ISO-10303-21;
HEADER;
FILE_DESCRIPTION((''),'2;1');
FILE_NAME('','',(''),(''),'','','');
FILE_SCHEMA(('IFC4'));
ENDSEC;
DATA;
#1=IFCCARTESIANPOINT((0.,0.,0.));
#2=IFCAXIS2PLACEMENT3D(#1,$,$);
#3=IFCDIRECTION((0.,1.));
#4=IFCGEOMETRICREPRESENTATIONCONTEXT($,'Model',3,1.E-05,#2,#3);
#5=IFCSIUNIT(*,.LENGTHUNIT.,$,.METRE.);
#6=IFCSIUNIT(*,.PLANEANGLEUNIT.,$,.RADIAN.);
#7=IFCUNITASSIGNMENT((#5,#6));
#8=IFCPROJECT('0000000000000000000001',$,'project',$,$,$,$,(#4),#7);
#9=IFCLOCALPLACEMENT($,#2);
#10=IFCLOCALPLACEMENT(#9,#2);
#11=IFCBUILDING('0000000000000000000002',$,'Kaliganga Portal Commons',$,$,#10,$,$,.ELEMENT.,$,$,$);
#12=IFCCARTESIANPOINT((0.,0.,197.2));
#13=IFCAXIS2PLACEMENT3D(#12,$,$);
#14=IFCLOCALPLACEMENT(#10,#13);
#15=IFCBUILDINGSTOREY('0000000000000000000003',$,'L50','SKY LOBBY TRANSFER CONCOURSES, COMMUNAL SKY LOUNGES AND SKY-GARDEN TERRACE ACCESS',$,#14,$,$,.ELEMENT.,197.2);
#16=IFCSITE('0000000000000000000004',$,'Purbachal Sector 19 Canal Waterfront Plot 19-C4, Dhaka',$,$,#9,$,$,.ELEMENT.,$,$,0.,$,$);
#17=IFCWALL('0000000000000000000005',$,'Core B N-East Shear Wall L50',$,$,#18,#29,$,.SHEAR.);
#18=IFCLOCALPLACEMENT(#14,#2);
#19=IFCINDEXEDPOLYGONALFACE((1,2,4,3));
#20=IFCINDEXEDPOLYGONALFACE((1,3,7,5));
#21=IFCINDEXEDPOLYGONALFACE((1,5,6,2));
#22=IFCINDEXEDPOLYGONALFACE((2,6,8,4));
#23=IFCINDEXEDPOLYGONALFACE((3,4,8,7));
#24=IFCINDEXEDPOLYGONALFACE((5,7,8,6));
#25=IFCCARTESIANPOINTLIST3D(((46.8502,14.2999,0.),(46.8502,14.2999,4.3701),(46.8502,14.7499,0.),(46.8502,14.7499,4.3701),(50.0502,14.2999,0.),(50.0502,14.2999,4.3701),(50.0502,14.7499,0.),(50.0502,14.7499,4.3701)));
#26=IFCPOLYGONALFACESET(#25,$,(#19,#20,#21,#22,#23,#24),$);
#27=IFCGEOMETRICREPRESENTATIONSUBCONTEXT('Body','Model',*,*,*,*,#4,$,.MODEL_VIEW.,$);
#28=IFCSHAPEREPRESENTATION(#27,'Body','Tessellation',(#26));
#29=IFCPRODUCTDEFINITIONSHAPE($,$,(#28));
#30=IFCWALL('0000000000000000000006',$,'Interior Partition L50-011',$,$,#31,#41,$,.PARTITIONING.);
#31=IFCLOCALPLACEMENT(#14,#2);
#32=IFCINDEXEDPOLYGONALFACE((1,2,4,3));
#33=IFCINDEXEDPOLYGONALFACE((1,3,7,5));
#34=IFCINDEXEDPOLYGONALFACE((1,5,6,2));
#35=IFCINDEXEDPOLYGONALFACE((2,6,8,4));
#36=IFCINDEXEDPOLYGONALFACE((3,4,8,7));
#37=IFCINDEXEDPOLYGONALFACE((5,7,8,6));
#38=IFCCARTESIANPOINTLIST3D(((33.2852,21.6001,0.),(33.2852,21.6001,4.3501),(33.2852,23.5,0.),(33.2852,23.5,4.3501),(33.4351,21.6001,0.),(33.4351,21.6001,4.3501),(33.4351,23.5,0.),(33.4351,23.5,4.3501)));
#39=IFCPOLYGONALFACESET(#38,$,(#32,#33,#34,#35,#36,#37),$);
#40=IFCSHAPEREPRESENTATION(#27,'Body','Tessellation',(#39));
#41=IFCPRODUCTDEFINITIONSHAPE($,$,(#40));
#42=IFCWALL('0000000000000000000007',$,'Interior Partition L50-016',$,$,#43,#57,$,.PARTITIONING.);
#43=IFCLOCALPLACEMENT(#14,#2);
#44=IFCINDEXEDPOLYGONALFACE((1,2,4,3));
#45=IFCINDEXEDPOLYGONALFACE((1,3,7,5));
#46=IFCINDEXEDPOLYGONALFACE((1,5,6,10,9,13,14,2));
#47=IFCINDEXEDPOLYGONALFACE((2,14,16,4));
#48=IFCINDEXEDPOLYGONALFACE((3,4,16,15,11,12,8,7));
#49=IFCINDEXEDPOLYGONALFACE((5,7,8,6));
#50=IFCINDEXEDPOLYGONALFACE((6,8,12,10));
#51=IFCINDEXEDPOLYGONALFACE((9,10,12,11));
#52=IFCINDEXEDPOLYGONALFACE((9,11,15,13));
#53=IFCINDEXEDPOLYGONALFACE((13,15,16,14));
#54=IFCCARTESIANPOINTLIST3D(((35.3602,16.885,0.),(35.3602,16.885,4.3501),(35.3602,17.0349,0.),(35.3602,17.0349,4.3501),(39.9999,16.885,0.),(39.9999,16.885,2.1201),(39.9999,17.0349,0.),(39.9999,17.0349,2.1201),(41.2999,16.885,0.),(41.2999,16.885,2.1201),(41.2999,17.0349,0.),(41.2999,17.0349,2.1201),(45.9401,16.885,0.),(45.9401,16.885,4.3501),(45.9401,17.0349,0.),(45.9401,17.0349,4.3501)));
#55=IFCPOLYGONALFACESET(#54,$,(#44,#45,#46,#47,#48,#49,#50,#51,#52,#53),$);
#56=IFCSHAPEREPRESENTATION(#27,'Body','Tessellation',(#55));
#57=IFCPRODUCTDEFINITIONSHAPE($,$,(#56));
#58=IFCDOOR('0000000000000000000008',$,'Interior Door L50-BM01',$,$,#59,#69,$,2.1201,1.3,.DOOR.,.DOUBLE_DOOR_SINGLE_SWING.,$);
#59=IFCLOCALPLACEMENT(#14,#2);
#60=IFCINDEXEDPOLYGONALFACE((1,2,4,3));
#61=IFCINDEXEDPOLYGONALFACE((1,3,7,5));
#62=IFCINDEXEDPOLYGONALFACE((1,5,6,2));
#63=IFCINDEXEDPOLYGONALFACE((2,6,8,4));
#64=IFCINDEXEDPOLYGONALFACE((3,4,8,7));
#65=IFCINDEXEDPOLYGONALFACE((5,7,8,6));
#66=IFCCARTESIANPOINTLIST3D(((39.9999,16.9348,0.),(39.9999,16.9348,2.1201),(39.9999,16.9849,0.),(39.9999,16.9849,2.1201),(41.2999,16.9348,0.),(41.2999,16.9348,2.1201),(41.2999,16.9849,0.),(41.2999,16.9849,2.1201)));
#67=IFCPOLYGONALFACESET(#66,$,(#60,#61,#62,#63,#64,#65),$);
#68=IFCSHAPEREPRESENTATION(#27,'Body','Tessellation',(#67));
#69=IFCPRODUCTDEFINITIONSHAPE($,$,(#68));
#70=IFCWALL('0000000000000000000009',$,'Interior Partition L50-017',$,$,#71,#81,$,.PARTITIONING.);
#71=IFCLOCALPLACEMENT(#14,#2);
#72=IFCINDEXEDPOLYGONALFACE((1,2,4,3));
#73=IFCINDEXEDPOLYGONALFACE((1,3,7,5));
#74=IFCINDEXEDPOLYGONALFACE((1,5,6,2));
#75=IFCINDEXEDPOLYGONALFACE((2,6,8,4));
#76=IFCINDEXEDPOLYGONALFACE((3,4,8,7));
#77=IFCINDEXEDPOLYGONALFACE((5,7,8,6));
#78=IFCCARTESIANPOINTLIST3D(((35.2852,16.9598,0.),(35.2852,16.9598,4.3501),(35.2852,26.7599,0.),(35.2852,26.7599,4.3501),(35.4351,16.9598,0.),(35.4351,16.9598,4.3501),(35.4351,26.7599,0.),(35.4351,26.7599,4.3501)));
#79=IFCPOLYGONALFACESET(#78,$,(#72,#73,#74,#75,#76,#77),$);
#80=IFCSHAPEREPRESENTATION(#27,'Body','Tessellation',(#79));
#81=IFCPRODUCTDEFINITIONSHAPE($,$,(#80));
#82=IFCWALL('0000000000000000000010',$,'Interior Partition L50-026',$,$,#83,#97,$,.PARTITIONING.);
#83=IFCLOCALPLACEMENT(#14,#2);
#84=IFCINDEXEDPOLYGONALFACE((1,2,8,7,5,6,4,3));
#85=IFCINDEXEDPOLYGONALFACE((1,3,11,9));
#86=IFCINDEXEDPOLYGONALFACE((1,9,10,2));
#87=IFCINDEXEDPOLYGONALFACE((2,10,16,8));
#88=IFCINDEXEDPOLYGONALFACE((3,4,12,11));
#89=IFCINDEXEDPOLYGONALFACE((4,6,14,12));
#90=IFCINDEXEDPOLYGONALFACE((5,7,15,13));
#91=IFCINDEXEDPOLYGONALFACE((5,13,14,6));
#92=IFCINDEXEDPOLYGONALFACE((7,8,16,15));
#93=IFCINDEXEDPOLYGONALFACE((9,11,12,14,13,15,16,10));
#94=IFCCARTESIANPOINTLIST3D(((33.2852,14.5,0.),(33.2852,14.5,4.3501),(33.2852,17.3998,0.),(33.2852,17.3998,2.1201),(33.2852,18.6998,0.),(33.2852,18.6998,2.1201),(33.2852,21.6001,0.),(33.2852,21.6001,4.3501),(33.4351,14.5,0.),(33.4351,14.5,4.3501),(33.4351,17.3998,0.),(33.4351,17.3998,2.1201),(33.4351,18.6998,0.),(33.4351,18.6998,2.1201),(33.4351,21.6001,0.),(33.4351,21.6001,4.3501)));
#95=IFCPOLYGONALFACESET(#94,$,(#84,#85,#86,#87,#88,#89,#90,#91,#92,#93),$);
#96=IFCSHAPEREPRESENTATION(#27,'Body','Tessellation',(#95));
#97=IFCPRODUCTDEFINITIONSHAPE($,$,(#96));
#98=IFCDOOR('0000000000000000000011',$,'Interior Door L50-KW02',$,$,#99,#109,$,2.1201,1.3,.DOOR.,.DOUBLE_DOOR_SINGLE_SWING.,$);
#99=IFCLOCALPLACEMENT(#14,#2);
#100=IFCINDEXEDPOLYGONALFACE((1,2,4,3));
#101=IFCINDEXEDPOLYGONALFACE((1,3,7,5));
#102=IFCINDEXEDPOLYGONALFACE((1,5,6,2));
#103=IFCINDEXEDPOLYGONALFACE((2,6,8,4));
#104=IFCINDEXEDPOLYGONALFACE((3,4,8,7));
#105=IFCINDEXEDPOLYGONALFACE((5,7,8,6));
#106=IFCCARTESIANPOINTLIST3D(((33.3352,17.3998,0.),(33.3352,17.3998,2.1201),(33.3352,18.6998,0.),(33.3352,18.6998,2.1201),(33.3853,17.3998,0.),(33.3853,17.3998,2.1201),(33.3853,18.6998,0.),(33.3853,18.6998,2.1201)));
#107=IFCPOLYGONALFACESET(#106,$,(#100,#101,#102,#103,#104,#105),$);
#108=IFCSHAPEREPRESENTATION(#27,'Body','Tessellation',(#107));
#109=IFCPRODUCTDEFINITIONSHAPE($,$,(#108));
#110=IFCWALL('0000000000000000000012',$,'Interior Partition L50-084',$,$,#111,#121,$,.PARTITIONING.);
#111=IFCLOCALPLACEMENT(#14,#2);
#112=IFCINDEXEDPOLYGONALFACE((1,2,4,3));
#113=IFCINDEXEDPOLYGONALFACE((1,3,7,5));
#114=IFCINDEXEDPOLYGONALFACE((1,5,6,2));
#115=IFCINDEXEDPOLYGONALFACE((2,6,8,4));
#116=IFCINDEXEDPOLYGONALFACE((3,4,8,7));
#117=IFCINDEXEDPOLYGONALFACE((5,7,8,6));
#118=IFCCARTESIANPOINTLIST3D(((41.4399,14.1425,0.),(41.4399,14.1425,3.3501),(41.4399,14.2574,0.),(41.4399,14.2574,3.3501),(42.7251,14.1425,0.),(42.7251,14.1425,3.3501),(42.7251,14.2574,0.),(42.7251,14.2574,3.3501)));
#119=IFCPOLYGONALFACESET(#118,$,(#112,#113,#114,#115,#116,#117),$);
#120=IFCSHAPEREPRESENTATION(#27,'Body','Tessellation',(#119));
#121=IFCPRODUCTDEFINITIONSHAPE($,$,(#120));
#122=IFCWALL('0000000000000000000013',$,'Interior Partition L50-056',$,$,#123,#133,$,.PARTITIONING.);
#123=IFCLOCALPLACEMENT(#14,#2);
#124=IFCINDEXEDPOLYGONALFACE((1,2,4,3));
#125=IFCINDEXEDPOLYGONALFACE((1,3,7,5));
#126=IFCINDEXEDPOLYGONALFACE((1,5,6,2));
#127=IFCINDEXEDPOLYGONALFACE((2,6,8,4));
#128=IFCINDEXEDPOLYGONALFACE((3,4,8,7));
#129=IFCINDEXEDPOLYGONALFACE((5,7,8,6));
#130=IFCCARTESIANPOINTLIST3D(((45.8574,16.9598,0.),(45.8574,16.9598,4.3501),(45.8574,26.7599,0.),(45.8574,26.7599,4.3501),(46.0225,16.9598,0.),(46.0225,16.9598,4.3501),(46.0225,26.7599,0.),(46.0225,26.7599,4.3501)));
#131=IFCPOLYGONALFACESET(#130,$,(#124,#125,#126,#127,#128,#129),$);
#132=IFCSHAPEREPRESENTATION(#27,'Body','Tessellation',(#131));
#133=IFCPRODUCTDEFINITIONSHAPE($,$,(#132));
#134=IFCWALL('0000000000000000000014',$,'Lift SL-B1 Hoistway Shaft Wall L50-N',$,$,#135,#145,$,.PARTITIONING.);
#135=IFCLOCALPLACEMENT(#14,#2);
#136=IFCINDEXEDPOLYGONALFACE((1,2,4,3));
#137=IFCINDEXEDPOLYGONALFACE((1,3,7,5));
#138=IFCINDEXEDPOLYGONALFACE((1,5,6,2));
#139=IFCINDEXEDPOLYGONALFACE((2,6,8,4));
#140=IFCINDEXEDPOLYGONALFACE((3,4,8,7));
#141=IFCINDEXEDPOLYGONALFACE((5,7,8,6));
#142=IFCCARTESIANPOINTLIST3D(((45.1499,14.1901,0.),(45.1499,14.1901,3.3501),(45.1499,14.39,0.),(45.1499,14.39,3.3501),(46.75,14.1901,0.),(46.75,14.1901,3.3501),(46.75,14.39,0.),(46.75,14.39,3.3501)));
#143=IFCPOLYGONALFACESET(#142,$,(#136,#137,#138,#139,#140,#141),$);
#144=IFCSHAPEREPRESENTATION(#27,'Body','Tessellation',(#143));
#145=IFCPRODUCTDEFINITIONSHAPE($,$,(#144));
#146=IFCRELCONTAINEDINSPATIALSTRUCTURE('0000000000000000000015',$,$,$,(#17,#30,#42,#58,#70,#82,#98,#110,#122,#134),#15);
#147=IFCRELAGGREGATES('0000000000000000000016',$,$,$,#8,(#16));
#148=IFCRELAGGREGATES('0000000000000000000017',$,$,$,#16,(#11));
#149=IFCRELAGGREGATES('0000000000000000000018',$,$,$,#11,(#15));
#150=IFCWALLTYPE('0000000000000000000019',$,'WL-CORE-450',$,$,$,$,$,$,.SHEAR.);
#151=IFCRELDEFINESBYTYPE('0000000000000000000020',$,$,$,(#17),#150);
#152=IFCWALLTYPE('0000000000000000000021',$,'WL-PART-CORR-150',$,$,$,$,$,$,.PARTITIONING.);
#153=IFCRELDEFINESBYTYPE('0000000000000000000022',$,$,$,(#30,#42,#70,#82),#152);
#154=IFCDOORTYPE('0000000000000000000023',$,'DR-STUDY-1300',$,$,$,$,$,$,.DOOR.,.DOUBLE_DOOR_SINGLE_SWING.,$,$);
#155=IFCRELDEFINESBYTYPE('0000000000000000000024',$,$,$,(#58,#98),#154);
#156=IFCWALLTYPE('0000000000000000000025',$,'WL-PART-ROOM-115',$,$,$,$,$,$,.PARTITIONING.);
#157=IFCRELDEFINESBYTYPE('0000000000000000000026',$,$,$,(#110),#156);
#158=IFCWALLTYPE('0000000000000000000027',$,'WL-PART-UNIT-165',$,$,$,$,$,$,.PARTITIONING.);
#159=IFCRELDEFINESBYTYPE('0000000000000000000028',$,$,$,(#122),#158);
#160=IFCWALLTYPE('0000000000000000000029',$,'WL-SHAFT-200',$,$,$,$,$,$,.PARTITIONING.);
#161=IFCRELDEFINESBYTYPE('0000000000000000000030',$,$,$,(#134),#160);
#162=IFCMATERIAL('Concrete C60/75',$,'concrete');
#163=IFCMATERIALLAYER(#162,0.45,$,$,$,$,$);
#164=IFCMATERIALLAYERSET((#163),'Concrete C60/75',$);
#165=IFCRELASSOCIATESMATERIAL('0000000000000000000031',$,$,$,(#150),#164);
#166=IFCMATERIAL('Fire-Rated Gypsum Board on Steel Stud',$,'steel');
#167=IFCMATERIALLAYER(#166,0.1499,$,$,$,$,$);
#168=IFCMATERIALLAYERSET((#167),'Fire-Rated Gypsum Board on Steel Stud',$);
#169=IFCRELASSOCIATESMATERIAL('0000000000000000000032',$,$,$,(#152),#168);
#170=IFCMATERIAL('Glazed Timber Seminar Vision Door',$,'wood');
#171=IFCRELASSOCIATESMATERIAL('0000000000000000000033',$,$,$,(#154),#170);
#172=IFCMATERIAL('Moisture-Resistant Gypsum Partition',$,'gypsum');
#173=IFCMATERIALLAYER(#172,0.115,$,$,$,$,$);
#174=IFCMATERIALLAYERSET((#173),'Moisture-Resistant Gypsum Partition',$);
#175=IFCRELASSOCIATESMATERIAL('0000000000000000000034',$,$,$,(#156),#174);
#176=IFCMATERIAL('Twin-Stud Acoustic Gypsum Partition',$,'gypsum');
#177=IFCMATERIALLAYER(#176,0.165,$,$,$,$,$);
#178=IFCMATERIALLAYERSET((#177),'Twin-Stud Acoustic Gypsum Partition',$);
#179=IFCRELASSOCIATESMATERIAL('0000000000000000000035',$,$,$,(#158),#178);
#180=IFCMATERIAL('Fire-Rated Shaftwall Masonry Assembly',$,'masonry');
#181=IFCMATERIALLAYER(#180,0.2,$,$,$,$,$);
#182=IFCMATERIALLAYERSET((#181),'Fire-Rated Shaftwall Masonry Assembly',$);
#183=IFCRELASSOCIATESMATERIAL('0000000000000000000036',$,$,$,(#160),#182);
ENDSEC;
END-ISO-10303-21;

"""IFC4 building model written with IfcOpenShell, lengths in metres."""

from ifc_helpers import new_model, si_unit, direction, frame, frame_2d, origin, place, context, subcontext, project, spatial, rectangle, extrude, material, layer, layer_set, type_object, element, fill, save


model = new_model("IFC4")

# Units and contexts
model_context = context("Model", 3, precision=1e-05, world=origin(), true_north=direction((0.0, 1.0)))
body_context = subcontext(model_context, "Body", "Model", "MODEL_VIEW")
ifc_project = project(units=[si_unit("LENGTHUNIT", "METRE"), si_unit("PLANEANGLEUNIT", "RADIAN")], contexts=[model_context])

# Site, building, storey
site_placement = place(None, origin())
site = spatial("IfcSite", under=ifc_project, at=site_placement, Name="Purbachal Sector 19 Canal Waterfront Plot 19-C4, Dhaka", CompositionType="ELEMENT", RefElevation=0.0)
building_placement = place(site_placement, origin())
building = spatial("IfcBuilding", under=site, at=building_placement, Name="Kaliganga Portal Commons", CompositionType="ELEMENT")
storey_placement = place(building_placement, frame((0.0, 0.0, 197.2)))
storey = spatial("IfcBuildingStorey", under=building, at=storey_placement, Name="L50", Description="SKY LOBBY TRANSFER CONCOURSES, COMMUNAL SKY LOUNGES AND SKY-GARDEN TERRACE ACCESS", CompositionType="ELEMENT", Elevation=197.2)

# Walls
ifc_material_1 = material(Name="Concrete C60/75", Category="concrete")
ifc_layer_1 = layer(ifc_material_1, 0.45)
ifc_layer_set_1 = layer_set([ifc_layer_1], Name="Concrete C60/75")
wall_type_1 = type_object("IfcWallType", Name="WL-CORE-450", PredefinedType="SHEAR", material=ifc_layer_set_1)
for number, where, z_axis, x_axis, name in (
    (1, (46.8501, 14.5249, 0.0), (0.0, 0.0, 1.0), (1.0, 0.0, 0.0), "Core B N-East Shear Wall L50"),
):
    element("IfcWall", number, at=place(storey_placement, frame(where, z_axis=z_axis, x_axis=x_axis)), inside=storey, type_object=wall_type_1, Name=name, PredefinedType="SHEAR", context=body_context, shape_type="SweptSolid", body=[
        extrude(rectangle(XDim=3.2, YDim=0.45, at=frame_2d((1.6001, 0.0))), origin(), (0.0, 0.0, 1.0), 4.3701),
    ])
ifc_material_2 = material(Name="Fire-Rated Gypsum Board on Steel Stud", Category="steel")
ifc_layer_2 = layer(ifc_material_2, 0.1499)
ifc_layer_set_2 = layer_set([ifc_layer_2], Name="Fire-Rated Gypsum Board on Steel Stud")
wall_type_2 = type_object("IfcWallType", Name="WL-PART-CORR-150", PredefinedType="PARTITIONING", material=ifc_layer_set_2)
wall_1_placement = place(storey_placement, frame((33.3601, 21.6001, 0.0), z_axis=(0.0, 0.0, 1.0), x_axis=(0.0, 1.0, 0.0)))
element("IfcWall", 2, at=wall_1_placement, inside=storey, type_object=wall_type_2, Name="Interior Partition L50-011", PredefinedType="PARTITIONING", context=body_context, shape_type="SweptSolid", body=[
    extrude(rectangle(XDim=1.8999, YDim=0.1499, at=frame_2d((0.95, 0.0))), origin(), (0.0, 0.0, 1.0), 4.3501),
])

# Wall, opening, door
wall_2_placement = place(storey_placement, frame((35.3601, 16.96, 0.0), z_axis=(0.0, 0.0, 1.0), x_axis=(1.0, 0.0, 0.0)))
wall_2 = element("IfcWall", 3, at=wall_2_placement, inside=storey, type_object=wall_type_2, Name="Interior Partition L50-016", PredefinedType="PARTITIONING", context=body_context, shape_type="SweptSolid", body=[
    extrude(rectangle(XDim=10.5798, YDim=0.1499, at=frame_2d((5.29, 0.0))), origin(), (0.0, 0.0, 1.0), 4.3501),
])
opening_1_placement = place(wall_2_placement, frame((4.6399, 0.0, 0.0)))
opening_1 = element("IfcOpeningElement", 4, at=opening_1_placement, cuts=wall_2, PredefinedType="OPENING", context=body_context, shape_type="SweptSolid", body=[
    extrude(rectangle(XDim=1.3, YDim=2.1201, at=frame_2d((0.6499, 1.0601))), frame((0.0, 0.085, 0.0), z_axis=(0.0, -1.0, 0.0), x_axis=(1.0, 0.0, 0.0)), (0.0, 0.0, 1.0), 0.1699),
])
ifc_material_3 = material(Name="Glazed Timber Seminar Vision Door", Category="wood")
door_type = type_object("IfcDoorType", Name="DR-STUDY-1300", OperationType="DOUBLE_DOOR_SINGLE_SWING", PredefinedType="DOOR", material=ifc_material_3)
door_1_placement = place(opening_1_placement, origin())
door_1 = element("IfcDoor", 5, at=door_1_placement, inside=storey, type_object=door_type, Name="Interior Door L50-BM01", OperationType="DOUBLE_DOOR_SINGLE_SWING", OverallHeight=2.1201, OverallWidth=1.3, PredefinedType="DOOR", context=body_context, shape_type="SweptSolid", body=[
    extrude(rectangle(XDim=1.3, YDim=2.1201, at=frame_2d((0.6499, 1.0601))), frame((0.0, 0.0249, 0.0), z_axis=(0.0, -1.0, 0.0), x_axis=(1.0, 0.0, 0.0)), (0.0, 0.0, 1.0), 0.05),
])
fill(opening_1, door_1)

# Wall
wall_3_placement = place(storey_placement, frame((35.3601, 16.96, 0.0), z_axis=(0.0, 0.0, 1.0), x_axis=(0.0, 1.0, 0.0)))
element("IfcWall", 6, at=wall_3_placement, inside=storey, type_object=wall_type_2, Name="Interior Partition L50-017", PredefinedType="PARTITIONING", context=body_context, shape_type="SweptSolid", body=[
    extrude(rectangle(XDim=9.8, YDim=0.1499, at=frame_2d((4.8999, 0.0))), origin(), (0.0, 0.0, 1.0), 4.3501),
])

# Wall, opening, door
wall_4_placement = place(storey_placement, frame((33.3601, 14.5, 0.0), z_axis=(0.0, 0.0, 1.0), x_axis=(0.0, 1.0, 0.0)))
wall_4 = element("IfcWall", 7, at=wall_4_placement, inside=storey, type_object=wall_type_2, Name="Interior Partition L50-026", PredefinedType="PARTITIONING", context=body_context, shape_type="SweptSolid", body=[
    extrude(rectangle(XDim=7.1001, YDim=0.1499, at=frame_2d((3.55, 0.0))), origin(), (0.0, 0.0, 1.0), 4.3501),
])
opening_2_placement = place(wall_4_placement, frame((2.8999, 0.0, 0.0)))
opening_2 = element("IfcOpeningElement", 8, at=opening_2_placement, cuts=wall_4, PredefinedType="OPENING", context=body_context, shape_type="SweptSolid", body=[
    extrude(rectangle(XDim=1.3, YDim=2.1201, at=frame_2d((0.6499, 1.0601))), frame((0.0, 0.085, 0.0), z_axis=(0.0, -1.0, 0.0), x_axis=(1.0, 0.0, 0.0)), (0.0, 0.0, 1.0), 0.1699),
])
door_2_placement = place(opening_2_placement, origin())
door_2 = element("IfcDoor", 9, at=door_2_placement, inside=storey, type_object=door_type, Name="Interior Door L50-KW02", OperationType="DOUBLE_DOOR_SINGLE_SWING", OverallHeight=2.1201, OverallWidth=1.3, PredefinedType="DOOR", context=body_context, shape_type="SweptSolid", body=[
    extrude(rectangle(XDim=1.3, YDim=2.1201, at=frame_2d((0.6499, 1.0601))), frame((0.0, 0.0249, 0.0), z_axis=(0.0, -1.0, 0.0), x_axis=(1.0, 0.0, 0.0)), (0.0, 0.0, 1.0), 0.05),
])
fill(opening_2, door_2)

# Walls
ifc_material_4 = material(Name="Moisture-Resistant Gypsum Partition", Category="gypsum")
ifc_layer_3 = layer(ifc_material_4, 0.115)
ifc_layer_set_3 = layer_set([ifc_layer_3], Name="Moisture-Resistant Gypsum Partition")
wall_type_3 = type_object("IfcWallType", Name="WL-PART-ROOM-115", PredefinedType="PARTITIONING", material=ifc_layer_set_3)
wall_5_placement = place(storey_placement, frame((41.4399, 14.2, 0.0), z_axis=(0.0, 0.0, 1.0), x_axis=(1.0, 0.0, 0.0)))
element("IfcWall", 10, at=wall_5_placement, inside=storey, type_object=wall_type_3, Name="Interior Partition L50-084", PredefinedType="PARTITIONING", context=body_context, shape_type="SweptSolid", body=[
    extrude(rectangle(XDim=1.2852, YDim=0.115, at=frame_2d((0.6426, 0.0))), origin(), (0.0, 0.0, 1.0), 3.3501),
])
ifc_material_5 = material(Name="Twin-Stud Acoustic Gypsum Partition", Category="gypsum")
ifc_layer_4 = layer(ifc_material_5, 0.165)
ifc_layer_set_4 = layer_set([ifc_layer_4], Name="Twin-Stud Acoustic Gypsum Partition")
wall_type_4 = type_object("IfcWallType", Name="WL-PART-UNIT-165", PredefinedType="PARTITIONING", material=ifc_layer_set_4)
wall_6_placement = place(storey_placement, frame((45.9399, 16.96, 0.0), z_axis=(0.0, 0.0, 1.0), x_axis=(0.0, 1.0, 0.0)))
element("IfcWall", 11, at=wall_6_placement, inside=storey, type_object=wall_type_4, Name="Interior Partition L50-056", PredefinedType="PARTITIONING", context=body_context, shape_type="SweptSolid", body=[
    extrude(rectangle(XDim=9.8, YDim=0.165, at=frame_2d((4.8999, 0.0))), origin(), (0.0, 0.0, 1.0), 4.3501),
])
ifc_material_6 = material(Name="Fire-Rated Shaftwall Masonry Assembly", Category="masonry")
ifc_layer_5 = layer(ifc_material_6, 0.2)
ifc_layer_set_5 = layer_set([ifc_layer_5], Name="Fire-Rated Shaftwall Masonry Assembly")
wall_type_5 = type_object("IfcWallType", Name="WL-SHAFT-200", PredefinedType="PARTITIONING", material=ifc_layer_set_5)
wall_7_placement = place(storey_placement, frame((45.1499, 14.29, 0.0), z_axis=(0.0, 0.0, 1.0), x_axis=(1.0, 0.0, 0.0)))
element("IfcWall", 12, at=wall_7_placement, inside=storey, type_object=wall_type_5, Name="Lift SL-B1 Hoistway Shaft Wall L50-N", PredefinedType="PARTITIONING", context=body_context, shape_type="SweptSolid", body=[
    extrude(rectangle(XDim=1.6001, YDim=0.2, at=frame_2d((0.8, 0.0))), origin(), (0.0, 0.0, 1.0), 3.3501),
])

save(model, "model.ifc")
